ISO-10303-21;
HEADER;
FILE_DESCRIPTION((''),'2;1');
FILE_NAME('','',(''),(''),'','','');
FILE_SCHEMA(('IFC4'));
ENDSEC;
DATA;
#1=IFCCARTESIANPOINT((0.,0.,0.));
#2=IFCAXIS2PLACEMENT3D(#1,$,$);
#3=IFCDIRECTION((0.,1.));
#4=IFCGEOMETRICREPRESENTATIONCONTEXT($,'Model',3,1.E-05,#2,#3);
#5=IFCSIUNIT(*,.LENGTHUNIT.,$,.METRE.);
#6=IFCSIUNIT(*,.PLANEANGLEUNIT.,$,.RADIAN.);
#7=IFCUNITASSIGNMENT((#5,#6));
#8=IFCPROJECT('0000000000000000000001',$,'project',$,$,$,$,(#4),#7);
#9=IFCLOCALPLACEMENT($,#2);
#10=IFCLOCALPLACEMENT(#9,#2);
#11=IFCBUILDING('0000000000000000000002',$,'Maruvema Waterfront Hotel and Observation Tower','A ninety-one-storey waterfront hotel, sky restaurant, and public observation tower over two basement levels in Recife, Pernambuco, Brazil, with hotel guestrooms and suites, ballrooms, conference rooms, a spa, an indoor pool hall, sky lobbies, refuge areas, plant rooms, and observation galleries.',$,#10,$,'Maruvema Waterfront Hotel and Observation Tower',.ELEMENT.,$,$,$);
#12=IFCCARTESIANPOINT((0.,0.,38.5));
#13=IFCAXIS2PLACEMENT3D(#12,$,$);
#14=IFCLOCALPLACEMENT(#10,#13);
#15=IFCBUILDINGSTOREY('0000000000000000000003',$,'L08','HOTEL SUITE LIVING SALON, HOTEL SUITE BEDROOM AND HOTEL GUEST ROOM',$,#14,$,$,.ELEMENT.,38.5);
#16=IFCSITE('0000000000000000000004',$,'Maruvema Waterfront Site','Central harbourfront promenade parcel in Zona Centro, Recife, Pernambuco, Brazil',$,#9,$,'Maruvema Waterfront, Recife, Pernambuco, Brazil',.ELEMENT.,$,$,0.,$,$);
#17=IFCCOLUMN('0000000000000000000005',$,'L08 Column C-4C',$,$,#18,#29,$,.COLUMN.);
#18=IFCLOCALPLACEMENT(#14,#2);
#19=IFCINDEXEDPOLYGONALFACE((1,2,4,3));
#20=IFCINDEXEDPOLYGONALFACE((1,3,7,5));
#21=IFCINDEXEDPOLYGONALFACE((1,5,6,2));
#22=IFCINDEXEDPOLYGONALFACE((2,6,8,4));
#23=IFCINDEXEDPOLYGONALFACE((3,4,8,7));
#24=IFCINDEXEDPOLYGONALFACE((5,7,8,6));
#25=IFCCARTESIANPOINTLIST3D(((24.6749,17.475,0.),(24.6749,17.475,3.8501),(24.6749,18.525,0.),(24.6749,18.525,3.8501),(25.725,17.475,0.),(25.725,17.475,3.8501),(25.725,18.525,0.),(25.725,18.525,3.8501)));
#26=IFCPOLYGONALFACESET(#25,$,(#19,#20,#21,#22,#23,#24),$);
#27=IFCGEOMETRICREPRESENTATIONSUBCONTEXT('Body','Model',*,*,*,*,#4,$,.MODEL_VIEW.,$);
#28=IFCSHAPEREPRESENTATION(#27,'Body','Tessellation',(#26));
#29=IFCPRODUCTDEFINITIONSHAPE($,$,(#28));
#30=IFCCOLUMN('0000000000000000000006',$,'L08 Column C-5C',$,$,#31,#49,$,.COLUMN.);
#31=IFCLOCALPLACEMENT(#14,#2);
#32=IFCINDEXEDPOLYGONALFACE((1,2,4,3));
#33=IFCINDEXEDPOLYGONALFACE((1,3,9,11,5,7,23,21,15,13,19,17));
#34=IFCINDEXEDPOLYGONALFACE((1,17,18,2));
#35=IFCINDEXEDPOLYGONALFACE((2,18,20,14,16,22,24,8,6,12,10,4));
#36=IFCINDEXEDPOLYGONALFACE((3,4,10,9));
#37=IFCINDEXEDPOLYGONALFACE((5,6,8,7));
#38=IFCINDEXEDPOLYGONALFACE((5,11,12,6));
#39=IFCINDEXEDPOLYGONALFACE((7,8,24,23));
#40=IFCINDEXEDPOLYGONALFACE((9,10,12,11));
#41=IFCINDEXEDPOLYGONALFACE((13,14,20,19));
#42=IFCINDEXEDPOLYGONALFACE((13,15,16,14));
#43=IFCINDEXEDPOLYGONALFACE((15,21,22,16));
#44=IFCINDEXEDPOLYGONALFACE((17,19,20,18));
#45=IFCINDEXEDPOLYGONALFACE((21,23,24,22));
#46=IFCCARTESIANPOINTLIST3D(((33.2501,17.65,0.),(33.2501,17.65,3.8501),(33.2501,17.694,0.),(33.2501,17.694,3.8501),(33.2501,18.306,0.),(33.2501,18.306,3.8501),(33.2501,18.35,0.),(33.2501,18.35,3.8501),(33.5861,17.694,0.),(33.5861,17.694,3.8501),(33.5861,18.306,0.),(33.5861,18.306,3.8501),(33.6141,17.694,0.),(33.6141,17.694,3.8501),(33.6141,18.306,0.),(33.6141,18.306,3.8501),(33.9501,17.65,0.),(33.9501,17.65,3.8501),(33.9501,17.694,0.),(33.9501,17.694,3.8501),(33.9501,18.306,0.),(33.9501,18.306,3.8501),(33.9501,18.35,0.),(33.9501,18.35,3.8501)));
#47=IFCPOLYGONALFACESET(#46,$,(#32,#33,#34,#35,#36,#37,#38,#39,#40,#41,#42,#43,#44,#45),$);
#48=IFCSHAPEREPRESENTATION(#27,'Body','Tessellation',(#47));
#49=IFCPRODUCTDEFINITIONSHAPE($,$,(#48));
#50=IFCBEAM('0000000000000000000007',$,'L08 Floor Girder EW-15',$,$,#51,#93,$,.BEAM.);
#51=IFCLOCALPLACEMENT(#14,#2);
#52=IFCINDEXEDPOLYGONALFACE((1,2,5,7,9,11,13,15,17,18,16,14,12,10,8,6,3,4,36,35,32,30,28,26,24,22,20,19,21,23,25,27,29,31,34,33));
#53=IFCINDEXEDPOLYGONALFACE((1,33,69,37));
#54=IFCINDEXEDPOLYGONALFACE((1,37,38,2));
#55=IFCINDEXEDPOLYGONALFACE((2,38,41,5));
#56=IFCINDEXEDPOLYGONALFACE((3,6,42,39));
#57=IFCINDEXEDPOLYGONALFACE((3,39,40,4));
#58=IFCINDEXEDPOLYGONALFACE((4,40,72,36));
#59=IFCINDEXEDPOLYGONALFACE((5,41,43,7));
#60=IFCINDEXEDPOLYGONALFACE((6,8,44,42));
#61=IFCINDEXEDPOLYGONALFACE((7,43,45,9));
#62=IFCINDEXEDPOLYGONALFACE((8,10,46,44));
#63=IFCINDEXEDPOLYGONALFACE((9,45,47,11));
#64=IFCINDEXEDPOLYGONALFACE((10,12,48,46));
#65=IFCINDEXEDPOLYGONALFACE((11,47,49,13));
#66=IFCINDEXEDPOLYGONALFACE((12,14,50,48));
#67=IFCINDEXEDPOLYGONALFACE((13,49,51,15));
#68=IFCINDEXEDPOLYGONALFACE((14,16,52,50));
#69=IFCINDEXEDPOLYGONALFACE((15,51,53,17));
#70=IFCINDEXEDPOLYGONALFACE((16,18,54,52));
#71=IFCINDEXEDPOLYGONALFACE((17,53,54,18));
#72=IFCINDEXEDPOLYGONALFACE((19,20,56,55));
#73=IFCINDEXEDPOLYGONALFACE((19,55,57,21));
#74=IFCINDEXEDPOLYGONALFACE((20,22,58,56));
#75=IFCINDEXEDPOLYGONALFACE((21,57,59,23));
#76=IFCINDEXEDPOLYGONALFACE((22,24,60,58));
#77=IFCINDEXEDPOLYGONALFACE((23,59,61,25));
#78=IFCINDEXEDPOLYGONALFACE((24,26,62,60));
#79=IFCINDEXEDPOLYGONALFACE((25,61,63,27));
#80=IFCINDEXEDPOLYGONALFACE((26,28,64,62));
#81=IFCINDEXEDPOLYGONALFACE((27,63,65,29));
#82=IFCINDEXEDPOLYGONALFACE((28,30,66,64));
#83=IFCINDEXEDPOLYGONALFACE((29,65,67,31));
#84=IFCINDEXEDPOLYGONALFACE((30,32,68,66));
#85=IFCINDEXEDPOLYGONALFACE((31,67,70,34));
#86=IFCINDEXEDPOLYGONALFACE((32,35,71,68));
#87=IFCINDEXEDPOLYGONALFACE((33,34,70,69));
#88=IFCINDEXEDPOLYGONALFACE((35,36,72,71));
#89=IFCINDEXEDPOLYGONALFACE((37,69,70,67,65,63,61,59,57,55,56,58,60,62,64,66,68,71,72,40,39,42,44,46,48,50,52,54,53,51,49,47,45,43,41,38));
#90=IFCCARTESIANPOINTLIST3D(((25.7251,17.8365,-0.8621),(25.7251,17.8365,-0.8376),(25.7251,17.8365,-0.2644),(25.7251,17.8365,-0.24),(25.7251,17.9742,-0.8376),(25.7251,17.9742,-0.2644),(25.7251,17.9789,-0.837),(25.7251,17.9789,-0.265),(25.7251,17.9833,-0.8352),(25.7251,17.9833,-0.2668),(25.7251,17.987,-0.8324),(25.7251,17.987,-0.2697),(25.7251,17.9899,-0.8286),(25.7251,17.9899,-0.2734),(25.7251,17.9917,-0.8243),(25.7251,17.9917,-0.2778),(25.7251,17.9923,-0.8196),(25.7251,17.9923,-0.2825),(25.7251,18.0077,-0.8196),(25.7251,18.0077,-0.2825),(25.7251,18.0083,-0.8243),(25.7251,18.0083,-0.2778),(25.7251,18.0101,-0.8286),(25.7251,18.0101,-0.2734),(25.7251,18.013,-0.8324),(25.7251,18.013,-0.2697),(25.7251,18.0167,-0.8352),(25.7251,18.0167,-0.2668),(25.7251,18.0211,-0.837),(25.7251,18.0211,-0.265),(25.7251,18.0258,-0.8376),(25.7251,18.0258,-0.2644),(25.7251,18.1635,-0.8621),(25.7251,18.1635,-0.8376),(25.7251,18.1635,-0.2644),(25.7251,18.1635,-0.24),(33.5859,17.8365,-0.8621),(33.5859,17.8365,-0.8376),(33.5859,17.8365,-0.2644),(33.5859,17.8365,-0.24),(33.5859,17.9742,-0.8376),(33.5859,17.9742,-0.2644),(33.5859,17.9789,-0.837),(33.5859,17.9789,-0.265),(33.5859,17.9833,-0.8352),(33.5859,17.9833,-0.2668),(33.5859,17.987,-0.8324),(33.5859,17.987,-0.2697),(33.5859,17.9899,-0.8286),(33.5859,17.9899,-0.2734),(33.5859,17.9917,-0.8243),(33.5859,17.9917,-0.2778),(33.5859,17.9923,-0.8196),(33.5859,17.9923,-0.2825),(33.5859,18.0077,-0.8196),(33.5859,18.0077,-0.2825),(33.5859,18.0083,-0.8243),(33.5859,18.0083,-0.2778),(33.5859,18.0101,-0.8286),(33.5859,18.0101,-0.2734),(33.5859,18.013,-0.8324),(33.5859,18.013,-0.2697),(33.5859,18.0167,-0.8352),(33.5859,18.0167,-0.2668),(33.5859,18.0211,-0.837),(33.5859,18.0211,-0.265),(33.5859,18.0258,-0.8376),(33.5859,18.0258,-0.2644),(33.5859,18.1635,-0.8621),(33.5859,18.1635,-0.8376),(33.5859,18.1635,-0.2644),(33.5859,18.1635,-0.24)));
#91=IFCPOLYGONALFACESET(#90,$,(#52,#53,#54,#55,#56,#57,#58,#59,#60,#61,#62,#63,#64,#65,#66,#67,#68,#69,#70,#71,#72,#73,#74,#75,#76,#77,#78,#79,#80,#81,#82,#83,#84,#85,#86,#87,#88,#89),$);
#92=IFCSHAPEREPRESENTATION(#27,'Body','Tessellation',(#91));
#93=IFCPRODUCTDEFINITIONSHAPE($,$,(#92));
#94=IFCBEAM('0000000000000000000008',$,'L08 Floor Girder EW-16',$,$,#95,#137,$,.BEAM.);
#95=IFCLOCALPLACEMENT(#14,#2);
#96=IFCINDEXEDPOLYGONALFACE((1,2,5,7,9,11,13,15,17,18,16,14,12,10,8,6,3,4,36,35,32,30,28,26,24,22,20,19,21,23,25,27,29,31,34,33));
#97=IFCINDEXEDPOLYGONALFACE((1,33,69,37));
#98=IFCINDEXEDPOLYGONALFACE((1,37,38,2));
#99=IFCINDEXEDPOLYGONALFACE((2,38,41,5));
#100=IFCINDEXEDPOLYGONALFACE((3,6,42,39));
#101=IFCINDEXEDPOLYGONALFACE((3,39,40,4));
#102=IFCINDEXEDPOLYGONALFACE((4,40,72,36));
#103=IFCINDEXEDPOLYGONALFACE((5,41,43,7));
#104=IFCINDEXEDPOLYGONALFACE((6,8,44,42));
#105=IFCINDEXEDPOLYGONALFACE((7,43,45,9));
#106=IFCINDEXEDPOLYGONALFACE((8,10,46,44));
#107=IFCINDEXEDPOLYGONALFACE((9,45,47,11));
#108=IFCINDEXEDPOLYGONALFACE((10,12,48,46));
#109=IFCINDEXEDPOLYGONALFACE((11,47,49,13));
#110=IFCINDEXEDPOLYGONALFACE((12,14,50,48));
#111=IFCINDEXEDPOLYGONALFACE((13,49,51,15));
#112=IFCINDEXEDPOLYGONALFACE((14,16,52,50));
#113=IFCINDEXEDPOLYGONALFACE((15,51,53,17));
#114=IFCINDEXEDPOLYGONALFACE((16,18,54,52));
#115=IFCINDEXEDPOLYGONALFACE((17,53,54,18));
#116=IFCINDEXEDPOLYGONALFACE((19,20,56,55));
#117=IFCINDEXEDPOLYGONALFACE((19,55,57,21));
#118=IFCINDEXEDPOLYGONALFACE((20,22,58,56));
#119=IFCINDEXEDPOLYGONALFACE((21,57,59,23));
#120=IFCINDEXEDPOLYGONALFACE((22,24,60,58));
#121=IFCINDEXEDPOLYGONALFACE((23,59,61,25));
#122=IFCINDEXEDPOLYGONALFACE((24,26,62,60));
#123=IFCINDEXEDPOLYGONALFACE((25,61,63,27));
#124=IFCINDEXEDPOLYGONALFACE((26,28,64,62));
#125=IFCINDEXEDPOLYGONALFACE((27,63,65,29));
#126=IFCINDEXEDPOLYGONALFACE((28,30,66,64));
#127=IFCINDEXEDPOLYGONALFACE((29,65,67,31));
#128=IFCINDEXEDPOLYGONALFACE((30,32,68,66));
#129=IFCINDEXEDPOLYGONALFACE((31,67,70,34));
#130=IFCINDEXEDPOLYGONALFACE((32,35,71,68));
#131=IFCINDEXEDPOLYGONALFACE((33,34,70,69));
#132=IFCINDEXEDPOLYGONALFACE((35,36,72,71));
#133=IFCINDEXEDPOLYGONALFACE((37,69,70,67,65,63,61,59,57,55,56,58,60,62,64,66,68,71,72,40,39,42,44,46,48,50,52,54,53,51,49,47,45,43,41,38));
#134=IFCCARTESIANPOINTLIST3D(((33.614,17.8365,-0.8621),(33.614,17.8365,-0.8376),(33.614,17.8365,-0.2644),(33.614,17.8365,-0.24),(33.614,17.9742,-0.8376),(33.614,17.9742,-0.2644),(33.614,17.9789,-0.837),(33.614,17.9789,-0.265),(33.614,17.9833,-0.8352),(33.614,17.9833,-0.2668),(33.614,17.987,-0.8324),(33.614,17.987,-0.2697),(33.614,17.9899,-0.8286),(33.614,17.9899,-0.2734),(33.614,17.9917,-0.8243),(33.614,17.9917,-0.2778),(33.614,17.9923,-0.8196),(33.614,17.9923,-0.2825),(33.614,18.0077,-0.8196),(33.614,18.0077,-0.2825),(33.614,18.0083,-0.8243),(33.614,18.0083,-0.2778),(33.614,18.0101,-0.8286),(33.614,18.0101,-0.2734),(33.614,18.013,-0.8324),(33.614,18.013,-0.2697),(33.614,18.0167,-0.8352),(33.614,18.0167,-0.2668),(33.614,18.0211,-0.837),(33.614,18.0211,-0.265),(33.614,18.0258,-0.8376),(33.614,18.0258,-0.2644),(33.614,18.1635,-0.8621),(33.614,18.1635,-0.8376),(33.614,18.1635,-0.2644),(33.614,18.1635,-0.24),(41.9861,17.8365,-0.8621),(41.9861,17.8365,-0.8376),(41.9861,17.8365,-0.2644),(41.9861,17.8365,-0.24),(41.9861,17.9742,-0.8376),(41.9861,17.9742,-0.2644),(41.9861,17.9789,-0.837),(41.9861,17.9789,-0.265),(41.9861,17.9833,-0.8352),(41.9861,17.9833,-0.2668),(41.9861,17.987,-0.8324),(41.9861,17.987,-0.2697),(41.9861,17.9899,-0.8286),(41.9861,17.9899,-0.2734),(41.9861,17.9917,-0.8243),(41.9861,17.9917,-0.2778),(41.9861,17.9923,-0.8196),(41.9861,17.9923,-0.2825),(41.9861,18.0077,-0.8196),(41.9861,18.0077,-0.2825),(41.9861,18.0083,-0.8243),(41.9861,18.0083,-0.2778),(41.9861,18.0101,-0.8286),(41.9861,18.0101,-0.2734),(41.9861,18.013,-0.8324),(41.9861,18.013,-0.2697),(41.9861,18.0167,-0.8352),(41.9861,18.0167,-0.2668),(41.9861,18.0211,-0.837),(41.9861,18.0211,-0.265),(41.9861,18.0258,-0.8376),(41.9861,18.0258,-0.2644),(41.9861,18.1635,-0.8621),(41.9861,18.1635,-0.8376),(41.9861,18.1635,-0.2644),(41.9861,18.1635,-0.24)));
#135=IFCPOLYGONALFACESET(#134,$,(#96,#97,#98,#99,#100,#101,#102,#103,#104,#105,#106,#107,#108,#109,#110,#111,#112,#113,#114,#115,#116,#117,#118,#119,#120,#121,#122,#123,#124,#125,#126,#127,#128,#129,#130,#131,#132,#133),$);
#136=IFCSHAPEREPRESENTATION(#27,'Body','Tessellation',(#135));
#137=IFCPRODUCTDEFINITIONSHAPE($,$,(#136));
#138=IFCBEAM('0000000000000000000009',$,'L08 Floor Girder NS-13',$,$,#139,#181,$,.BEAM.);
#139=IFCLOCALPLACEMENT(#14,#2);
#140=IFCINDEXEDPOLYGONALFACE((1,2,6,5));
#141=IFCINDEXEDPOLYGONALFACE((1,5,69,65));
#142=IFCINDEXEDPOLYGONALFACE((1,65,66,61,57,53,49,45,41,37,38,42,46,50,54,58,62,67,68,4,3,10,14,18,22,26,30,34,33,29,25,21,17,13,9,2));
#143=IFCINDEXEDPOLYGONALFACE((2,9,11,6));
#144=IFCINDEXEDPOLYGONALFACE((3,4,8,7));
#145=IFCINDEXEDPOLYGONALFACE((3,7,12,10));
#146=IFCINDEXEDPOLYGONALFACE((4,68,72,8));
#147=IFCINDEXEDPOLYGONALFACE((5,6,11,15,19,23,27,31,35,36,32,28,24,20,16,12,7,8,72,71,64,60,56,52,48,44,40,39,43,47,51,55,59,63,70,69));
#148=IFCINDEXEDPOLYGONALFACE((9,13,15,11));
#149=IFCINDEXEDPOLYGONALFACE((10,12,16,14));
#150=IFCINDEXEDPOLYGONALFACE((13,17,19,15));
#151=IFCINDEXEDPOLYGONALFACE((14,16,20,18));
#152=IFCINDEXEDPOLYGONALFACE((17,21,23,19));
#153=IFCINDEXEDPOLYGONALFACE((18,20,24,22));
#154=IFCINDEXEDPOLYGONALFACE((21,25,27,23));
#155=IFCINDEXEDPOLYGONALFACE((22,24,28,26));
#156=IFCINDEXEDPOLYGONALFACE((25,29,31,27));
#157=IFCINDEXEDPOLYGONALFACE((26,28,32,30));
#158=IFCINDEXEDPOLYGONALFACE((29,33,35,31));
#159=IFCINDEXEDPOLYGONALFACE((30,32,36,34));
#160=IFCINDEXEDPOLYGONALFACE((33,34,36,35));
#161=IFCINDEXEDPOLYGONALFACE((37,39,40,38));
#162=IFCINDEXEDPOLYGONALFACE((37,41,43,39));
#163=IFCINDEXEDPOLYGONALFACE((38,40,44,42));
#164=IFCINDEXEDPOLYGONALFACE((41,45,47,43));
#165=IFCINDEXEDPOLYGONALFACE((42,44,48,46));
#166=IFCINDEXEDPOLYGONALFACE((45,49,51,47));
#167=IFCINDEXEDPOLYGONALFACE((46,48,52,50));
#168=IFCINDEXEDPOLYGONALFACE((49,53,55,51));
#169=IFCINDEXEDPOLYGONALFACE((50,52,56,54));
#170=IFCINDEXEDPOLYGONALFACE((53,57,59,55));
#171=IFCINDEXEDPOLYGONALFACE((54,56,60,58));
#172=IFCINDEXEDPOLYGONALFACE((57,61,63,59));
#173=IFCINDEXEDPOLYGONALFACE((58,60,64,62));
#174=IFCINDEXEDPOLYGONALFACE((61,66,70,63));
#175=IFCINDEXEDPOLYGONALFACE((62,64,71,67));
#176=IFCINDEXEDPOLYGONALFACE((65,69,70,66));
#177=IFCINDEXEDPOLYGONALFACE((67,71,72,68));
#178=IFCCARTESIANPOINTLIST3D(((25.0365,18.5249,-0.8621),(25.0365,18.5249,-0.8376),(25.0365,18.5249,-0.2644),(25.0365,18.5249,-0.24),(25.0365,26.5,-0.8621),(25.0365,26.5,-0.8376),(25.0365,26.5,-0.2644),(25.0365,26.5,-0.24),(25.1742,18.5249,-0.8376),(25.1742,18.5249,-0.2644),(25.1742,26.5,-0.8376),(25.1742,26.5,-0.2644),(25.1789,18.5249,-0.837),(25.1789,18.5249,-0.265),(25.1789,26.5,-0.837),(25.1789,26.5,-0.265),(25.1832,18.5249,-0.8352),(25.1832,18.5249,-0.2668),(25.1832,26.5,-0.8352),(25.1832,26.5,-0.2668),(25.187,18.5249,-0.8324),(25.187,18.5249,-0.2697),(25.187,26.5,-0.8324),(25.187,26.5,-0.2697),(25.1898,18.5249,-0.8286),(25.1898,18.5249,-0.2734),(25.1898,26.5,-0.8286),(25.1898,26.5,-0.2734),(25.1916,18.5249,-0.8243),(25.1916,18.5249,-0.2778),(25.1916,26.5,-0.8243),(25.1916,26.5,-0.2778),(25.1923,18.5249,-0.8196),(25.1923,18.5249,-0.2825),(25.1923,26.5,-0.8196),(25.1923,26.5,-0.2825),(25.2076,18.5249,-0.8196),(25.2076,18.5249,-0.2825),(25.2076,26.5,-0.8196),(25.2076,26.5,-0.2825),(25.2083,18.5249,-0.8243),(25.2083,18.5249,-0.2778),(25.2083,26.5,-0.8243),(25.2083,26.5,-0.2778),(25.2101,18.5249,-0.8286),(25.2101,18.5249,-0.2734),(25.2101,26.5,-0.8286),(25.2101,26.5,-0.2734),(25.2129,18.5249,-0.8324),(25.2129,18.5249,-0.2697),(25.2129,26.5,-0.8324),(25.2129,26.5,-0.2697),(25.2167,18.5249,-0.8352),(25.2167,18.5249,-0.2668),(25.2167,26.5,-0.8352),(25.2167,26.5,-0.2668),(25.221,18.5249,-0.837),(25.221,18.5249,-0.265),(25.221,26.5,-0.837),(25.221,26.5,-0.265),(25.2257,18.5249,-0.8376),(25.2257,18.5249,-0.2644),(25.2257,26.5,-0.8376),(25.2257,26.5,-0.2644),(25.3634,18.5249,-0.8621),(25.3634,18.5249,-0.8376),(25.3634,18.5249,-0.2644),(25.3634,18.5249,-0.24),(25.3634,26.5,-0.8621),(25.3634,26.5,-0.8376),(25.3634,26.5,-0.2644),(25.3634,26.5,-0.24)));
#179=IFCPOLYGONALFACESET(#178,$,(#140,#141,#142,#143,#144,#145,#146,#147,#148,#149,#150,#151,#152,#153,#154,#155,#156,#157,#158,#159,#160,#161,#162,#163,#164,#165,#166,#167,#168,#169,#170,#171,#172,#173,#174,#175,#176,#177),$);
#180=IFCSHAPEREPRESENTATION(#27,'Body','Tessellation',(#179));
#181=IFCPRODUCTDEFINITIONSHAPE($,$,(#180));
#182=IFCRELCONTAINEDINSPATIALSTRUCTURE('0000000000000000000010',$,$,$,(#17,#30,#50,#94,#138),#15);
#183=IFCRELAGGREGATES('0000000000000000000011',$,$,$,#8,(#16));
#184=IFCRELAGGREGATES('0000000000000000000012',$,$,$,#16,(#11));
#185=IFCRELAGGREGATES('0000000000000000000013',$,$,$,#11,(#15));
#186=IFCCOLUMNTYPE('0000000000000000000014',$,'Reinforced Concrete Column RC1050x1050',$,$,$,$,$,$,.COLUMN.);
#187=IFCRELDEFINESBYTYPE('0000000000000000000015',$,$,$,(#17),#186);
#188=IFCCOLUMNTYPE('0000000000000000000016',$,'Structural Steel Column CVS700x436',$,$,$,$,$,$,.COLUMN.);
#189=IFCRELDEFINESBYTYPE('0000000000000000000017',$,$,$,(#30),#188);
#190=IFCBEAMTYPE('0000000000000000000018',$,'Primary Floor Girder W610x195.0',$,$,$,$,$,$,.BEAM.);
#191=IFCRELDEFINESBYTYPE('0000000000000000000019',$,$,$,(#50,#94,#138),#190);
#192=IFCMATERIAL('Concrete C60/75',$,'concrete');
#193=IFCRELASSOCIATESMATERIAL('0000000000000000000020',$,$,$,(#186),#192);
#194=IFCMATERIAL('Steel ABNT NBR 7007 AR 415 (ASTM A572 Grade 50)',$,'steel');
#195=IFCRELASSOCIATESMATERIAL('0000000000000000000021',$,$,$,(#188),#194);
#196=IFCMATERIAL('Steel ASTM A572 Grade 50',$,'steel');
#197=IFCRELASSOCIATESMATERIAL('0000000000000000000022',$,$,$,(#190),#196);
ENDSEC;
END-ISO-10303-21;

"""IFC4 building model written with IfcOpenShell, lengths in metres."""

from ifc_helpers import new_model, si_unit, direction, frame, origin, origin_2d, place, context, subcontext, project, spatial, rectangle, i_section, extrude, material, material_profile, profile_set, type_object, element, save


model = new_model("IFC4")

# Units and contexts
model_context = context("Model", 3, precision=1e-05, world=origin(), true_north=direction((0.0, 1.0)))
body_context = subcontext(model_context, "Body", "Model", "MODEL_VIEW")
ifc_project = project(units=[si_unit("LENGTHUNIT", "METRE"), si_unit("PLANEANGLEUNIT", "RADIAN")], contexts=[model_context])

# Site, building, storey
site_placement = place(None, origin())
site = spatial("IfcSite", under=ifc_project, at=site_placement, Name="Maruvema Waterfront Site", Description="Central harbourfront promenade parcel in Zona Centro, Recife, Pernambuco, Brazil", LongName="Maruvema Waterfront, Recife, Pernambuco, Brazil", CompositionType="ELEMENT", RefElevation=0.0)
building_placement = place(site_placement, origin())
building = spatial("IfcBuilding", under=site, at=building_placement, Name="Maruvema Waterfront Hotel and Observation Tower", Description="A ninety-one-storey waterfront hotel, sky restaurant, and public observation tower over two basement levels in Recife, Pernambuco, Brazil, with hotel guestrooms and suites, ballrooms, conference rooms, a spa, an indoor pool hall, sky lobbies, refuge areas, plant rooms, and observation galleries.", LongName="Maruvema Waterfront Hotel and Observation Tower", CompositionType="ELEMENT")
storey_placement = place(building_placement, frame((0.0, 0.0, 38.5)))
storey = spatial("IfcBuildingStorey", under=building, at=storey_placement, Name="L08", Description="HOTEL SUITE LIVING SALON, HOTEL SUITE BEDROOM AND HOTEL GUEST ROOM", CompositionType="ELEMENT", Elevation=38.5)

# Columns
ifc_material_1 = material(Name="Concrete C60/75", Category="concrete")
ifc_material_profile_1 = material_profile(ifc_material_1, rectangle(XDim=1.05, YDim=1.05, at=origin_2d()), Name="RC1050x1050")
ifc_profile_set_1 = profile_set([ifc_material_profile_1], Name="Concrete C60/75")
column_type_1 = type_object("IfcColumnType", Name="Reinforced Concrete Column RC1050x1050", PredefinedType="COLUMN", material=ifc_profile_set_1)
column_1_placement = place(storey_placement, frame((25.2, 18.0, 0.0), z_axis=(0.0, 0.0, 1.0), x_axis=(1.0, 0.0, 0.0)))
element("IfcColumn", 1, at=column_1_placement, inside=storey, type_object=column_type_1, Name="L08 Column C-4C", PredefinedType="COLUMN", context=body_context, shape_type="SweptSolid", body=[
    extrude(rectangle(XDim=1.05, YDim=1.05, at=origin_2d()), origin(), (0.0, 0.0, 1.0), 3.8501),
])
ifc_material_2 = material(Name="Steel ABNT NBR 7007 AR 415 (ASTM A572 Grade 50)", Category="steel")
ifc_material_profile_2 = material_profile(ifc_material_2, i_section(OverallWidth=0.7, OverallDepth=0.7, WebThickness=0.0281, FlangeThickness=0.0439, at=origin_2d()), Name="CVS700x436")
ifc_profile_set_2 = profile_set([ifc_material_profile_2], Name="Steel ABNT NBR 7007 AR 415 (ASTM A572 Grade 50)")
column_type_2 = type_object("IfcColumnType", Name="Structural Steel Column CVS700x436", PredefinedType="COLUMN", material=ifc_profile_set_2)
column_2_placement = place(storey_placement, frame((33.6001, 18.0, 0.0), z_axis=(0.0, 0.0, 1.0), x_axis=(1.0, 0.0, 0.0)))
element("IfcColumn", 2, at=column_2_placement, inside=storey, type_object=column_type_2, Name="L08 Column C-5C", PredefinedType="COLUMN", context=body_context, shape_type="SweptSolid", body=[
    extrude(i_section(OverallWidth=0.7, OverallDepth=0.7, WebThickness=0.0281, FlangeThickness=0.0439, at=origin_2d()), origin(), (0.0, 0.0, 1.0), 3.8501),
])

# Beams
ifc_material_3 = material(Name="Steel ASTM A572 Grade 50", Category="steel")
ifc_material_profile_3 = material_profile(ifc_material_3, i_section(OverallWidth=0.3269, OverallDepth=0.6221, WebThickness=0.0154, FlangeThickness=0.0244, FilletRadius=0.0181, at=origin_2d()), Name="W610x195.0")
ifc_profile_set_3 = profile_set([ifc_material_profile_3], Name="Steel ASTM A572 Grade 50")
beam_type_1 = type_object("IfcBeamType", Name="Primary Floor Girder W610x195.0", PredefinedType="BEAM", material=ifc_profile_set_3)
beam_1_placement = place(storey_placement, frame((25.7251, 18.0, -0.551), z_axis=(1.0, 0.0, 0.0), x_axis=(0.0, 1.0, 0.0)))
element("IfcBeam", 3, at=beam_1_placement, inside=storey, type_object=beam_type_1, Name="L08 Floor Girder EW-15", PredefinedType="BEAM", context=body_context, shape_type="SweptSolid", body=[
    extrude(i_section(OverallWidth=0.3269, OverallDepth=0.6221, WebThickness=0.0154, FlangeThickness=0.0244, FilletRadius=0.0181, at=origin_2d()), origin(), (0.0, 0.0, 1.0), 7.8608),
])
beam_2_placement = place(storey_placement, frame((33.614, 18.0, -0.551), z_axis=(1.0, 0.0, 0.0), x_axis=(0.0, 1.0, 0.0)))
element("IfcBeam", 4, at=beam_2_placement, inside=storey, type_object=beam_type_1, Name="L08 Floor Girder EW-16", PredefinedType="BEAM", context=body_context, shape_type="SweptSolid", body=[
    extrude(i_section(OverallWidth=0.3269, OverallDepth=0.6221, WebThickness=0.0154, FlangeThickness=0.0244, FilletRadius=0.0181, at=origin_2d()), origin(), (0.0, 0.0, 1.0), 8.3721),
])
beam_3_placement = place(storey_placement, frame((25.2, 18.5249, -0.551), z_axis=(0.0, 1.0, 0.0), x_axis=(-1.0, 0.0, 0.0)))
element("IfcBeam", 5, at=beam_3_placement, inside=storey, type_object=beam_type_1, Name="L08 Floor Girder NS-13", PredefinedType="BEAM", context=body_context, shape_type="SweptSolid", body=[
    extrude(i_section(OverallWidth=0.3269, OverallDepth=0.6221, WebThickness=0.0154, FlangeThickness=0.0244, FilletRadius=0.0181, at=origin_2d()), origin(), (0.0, 0.0, 1.0), 7.9751),
])

save(model, "model.ifc")
